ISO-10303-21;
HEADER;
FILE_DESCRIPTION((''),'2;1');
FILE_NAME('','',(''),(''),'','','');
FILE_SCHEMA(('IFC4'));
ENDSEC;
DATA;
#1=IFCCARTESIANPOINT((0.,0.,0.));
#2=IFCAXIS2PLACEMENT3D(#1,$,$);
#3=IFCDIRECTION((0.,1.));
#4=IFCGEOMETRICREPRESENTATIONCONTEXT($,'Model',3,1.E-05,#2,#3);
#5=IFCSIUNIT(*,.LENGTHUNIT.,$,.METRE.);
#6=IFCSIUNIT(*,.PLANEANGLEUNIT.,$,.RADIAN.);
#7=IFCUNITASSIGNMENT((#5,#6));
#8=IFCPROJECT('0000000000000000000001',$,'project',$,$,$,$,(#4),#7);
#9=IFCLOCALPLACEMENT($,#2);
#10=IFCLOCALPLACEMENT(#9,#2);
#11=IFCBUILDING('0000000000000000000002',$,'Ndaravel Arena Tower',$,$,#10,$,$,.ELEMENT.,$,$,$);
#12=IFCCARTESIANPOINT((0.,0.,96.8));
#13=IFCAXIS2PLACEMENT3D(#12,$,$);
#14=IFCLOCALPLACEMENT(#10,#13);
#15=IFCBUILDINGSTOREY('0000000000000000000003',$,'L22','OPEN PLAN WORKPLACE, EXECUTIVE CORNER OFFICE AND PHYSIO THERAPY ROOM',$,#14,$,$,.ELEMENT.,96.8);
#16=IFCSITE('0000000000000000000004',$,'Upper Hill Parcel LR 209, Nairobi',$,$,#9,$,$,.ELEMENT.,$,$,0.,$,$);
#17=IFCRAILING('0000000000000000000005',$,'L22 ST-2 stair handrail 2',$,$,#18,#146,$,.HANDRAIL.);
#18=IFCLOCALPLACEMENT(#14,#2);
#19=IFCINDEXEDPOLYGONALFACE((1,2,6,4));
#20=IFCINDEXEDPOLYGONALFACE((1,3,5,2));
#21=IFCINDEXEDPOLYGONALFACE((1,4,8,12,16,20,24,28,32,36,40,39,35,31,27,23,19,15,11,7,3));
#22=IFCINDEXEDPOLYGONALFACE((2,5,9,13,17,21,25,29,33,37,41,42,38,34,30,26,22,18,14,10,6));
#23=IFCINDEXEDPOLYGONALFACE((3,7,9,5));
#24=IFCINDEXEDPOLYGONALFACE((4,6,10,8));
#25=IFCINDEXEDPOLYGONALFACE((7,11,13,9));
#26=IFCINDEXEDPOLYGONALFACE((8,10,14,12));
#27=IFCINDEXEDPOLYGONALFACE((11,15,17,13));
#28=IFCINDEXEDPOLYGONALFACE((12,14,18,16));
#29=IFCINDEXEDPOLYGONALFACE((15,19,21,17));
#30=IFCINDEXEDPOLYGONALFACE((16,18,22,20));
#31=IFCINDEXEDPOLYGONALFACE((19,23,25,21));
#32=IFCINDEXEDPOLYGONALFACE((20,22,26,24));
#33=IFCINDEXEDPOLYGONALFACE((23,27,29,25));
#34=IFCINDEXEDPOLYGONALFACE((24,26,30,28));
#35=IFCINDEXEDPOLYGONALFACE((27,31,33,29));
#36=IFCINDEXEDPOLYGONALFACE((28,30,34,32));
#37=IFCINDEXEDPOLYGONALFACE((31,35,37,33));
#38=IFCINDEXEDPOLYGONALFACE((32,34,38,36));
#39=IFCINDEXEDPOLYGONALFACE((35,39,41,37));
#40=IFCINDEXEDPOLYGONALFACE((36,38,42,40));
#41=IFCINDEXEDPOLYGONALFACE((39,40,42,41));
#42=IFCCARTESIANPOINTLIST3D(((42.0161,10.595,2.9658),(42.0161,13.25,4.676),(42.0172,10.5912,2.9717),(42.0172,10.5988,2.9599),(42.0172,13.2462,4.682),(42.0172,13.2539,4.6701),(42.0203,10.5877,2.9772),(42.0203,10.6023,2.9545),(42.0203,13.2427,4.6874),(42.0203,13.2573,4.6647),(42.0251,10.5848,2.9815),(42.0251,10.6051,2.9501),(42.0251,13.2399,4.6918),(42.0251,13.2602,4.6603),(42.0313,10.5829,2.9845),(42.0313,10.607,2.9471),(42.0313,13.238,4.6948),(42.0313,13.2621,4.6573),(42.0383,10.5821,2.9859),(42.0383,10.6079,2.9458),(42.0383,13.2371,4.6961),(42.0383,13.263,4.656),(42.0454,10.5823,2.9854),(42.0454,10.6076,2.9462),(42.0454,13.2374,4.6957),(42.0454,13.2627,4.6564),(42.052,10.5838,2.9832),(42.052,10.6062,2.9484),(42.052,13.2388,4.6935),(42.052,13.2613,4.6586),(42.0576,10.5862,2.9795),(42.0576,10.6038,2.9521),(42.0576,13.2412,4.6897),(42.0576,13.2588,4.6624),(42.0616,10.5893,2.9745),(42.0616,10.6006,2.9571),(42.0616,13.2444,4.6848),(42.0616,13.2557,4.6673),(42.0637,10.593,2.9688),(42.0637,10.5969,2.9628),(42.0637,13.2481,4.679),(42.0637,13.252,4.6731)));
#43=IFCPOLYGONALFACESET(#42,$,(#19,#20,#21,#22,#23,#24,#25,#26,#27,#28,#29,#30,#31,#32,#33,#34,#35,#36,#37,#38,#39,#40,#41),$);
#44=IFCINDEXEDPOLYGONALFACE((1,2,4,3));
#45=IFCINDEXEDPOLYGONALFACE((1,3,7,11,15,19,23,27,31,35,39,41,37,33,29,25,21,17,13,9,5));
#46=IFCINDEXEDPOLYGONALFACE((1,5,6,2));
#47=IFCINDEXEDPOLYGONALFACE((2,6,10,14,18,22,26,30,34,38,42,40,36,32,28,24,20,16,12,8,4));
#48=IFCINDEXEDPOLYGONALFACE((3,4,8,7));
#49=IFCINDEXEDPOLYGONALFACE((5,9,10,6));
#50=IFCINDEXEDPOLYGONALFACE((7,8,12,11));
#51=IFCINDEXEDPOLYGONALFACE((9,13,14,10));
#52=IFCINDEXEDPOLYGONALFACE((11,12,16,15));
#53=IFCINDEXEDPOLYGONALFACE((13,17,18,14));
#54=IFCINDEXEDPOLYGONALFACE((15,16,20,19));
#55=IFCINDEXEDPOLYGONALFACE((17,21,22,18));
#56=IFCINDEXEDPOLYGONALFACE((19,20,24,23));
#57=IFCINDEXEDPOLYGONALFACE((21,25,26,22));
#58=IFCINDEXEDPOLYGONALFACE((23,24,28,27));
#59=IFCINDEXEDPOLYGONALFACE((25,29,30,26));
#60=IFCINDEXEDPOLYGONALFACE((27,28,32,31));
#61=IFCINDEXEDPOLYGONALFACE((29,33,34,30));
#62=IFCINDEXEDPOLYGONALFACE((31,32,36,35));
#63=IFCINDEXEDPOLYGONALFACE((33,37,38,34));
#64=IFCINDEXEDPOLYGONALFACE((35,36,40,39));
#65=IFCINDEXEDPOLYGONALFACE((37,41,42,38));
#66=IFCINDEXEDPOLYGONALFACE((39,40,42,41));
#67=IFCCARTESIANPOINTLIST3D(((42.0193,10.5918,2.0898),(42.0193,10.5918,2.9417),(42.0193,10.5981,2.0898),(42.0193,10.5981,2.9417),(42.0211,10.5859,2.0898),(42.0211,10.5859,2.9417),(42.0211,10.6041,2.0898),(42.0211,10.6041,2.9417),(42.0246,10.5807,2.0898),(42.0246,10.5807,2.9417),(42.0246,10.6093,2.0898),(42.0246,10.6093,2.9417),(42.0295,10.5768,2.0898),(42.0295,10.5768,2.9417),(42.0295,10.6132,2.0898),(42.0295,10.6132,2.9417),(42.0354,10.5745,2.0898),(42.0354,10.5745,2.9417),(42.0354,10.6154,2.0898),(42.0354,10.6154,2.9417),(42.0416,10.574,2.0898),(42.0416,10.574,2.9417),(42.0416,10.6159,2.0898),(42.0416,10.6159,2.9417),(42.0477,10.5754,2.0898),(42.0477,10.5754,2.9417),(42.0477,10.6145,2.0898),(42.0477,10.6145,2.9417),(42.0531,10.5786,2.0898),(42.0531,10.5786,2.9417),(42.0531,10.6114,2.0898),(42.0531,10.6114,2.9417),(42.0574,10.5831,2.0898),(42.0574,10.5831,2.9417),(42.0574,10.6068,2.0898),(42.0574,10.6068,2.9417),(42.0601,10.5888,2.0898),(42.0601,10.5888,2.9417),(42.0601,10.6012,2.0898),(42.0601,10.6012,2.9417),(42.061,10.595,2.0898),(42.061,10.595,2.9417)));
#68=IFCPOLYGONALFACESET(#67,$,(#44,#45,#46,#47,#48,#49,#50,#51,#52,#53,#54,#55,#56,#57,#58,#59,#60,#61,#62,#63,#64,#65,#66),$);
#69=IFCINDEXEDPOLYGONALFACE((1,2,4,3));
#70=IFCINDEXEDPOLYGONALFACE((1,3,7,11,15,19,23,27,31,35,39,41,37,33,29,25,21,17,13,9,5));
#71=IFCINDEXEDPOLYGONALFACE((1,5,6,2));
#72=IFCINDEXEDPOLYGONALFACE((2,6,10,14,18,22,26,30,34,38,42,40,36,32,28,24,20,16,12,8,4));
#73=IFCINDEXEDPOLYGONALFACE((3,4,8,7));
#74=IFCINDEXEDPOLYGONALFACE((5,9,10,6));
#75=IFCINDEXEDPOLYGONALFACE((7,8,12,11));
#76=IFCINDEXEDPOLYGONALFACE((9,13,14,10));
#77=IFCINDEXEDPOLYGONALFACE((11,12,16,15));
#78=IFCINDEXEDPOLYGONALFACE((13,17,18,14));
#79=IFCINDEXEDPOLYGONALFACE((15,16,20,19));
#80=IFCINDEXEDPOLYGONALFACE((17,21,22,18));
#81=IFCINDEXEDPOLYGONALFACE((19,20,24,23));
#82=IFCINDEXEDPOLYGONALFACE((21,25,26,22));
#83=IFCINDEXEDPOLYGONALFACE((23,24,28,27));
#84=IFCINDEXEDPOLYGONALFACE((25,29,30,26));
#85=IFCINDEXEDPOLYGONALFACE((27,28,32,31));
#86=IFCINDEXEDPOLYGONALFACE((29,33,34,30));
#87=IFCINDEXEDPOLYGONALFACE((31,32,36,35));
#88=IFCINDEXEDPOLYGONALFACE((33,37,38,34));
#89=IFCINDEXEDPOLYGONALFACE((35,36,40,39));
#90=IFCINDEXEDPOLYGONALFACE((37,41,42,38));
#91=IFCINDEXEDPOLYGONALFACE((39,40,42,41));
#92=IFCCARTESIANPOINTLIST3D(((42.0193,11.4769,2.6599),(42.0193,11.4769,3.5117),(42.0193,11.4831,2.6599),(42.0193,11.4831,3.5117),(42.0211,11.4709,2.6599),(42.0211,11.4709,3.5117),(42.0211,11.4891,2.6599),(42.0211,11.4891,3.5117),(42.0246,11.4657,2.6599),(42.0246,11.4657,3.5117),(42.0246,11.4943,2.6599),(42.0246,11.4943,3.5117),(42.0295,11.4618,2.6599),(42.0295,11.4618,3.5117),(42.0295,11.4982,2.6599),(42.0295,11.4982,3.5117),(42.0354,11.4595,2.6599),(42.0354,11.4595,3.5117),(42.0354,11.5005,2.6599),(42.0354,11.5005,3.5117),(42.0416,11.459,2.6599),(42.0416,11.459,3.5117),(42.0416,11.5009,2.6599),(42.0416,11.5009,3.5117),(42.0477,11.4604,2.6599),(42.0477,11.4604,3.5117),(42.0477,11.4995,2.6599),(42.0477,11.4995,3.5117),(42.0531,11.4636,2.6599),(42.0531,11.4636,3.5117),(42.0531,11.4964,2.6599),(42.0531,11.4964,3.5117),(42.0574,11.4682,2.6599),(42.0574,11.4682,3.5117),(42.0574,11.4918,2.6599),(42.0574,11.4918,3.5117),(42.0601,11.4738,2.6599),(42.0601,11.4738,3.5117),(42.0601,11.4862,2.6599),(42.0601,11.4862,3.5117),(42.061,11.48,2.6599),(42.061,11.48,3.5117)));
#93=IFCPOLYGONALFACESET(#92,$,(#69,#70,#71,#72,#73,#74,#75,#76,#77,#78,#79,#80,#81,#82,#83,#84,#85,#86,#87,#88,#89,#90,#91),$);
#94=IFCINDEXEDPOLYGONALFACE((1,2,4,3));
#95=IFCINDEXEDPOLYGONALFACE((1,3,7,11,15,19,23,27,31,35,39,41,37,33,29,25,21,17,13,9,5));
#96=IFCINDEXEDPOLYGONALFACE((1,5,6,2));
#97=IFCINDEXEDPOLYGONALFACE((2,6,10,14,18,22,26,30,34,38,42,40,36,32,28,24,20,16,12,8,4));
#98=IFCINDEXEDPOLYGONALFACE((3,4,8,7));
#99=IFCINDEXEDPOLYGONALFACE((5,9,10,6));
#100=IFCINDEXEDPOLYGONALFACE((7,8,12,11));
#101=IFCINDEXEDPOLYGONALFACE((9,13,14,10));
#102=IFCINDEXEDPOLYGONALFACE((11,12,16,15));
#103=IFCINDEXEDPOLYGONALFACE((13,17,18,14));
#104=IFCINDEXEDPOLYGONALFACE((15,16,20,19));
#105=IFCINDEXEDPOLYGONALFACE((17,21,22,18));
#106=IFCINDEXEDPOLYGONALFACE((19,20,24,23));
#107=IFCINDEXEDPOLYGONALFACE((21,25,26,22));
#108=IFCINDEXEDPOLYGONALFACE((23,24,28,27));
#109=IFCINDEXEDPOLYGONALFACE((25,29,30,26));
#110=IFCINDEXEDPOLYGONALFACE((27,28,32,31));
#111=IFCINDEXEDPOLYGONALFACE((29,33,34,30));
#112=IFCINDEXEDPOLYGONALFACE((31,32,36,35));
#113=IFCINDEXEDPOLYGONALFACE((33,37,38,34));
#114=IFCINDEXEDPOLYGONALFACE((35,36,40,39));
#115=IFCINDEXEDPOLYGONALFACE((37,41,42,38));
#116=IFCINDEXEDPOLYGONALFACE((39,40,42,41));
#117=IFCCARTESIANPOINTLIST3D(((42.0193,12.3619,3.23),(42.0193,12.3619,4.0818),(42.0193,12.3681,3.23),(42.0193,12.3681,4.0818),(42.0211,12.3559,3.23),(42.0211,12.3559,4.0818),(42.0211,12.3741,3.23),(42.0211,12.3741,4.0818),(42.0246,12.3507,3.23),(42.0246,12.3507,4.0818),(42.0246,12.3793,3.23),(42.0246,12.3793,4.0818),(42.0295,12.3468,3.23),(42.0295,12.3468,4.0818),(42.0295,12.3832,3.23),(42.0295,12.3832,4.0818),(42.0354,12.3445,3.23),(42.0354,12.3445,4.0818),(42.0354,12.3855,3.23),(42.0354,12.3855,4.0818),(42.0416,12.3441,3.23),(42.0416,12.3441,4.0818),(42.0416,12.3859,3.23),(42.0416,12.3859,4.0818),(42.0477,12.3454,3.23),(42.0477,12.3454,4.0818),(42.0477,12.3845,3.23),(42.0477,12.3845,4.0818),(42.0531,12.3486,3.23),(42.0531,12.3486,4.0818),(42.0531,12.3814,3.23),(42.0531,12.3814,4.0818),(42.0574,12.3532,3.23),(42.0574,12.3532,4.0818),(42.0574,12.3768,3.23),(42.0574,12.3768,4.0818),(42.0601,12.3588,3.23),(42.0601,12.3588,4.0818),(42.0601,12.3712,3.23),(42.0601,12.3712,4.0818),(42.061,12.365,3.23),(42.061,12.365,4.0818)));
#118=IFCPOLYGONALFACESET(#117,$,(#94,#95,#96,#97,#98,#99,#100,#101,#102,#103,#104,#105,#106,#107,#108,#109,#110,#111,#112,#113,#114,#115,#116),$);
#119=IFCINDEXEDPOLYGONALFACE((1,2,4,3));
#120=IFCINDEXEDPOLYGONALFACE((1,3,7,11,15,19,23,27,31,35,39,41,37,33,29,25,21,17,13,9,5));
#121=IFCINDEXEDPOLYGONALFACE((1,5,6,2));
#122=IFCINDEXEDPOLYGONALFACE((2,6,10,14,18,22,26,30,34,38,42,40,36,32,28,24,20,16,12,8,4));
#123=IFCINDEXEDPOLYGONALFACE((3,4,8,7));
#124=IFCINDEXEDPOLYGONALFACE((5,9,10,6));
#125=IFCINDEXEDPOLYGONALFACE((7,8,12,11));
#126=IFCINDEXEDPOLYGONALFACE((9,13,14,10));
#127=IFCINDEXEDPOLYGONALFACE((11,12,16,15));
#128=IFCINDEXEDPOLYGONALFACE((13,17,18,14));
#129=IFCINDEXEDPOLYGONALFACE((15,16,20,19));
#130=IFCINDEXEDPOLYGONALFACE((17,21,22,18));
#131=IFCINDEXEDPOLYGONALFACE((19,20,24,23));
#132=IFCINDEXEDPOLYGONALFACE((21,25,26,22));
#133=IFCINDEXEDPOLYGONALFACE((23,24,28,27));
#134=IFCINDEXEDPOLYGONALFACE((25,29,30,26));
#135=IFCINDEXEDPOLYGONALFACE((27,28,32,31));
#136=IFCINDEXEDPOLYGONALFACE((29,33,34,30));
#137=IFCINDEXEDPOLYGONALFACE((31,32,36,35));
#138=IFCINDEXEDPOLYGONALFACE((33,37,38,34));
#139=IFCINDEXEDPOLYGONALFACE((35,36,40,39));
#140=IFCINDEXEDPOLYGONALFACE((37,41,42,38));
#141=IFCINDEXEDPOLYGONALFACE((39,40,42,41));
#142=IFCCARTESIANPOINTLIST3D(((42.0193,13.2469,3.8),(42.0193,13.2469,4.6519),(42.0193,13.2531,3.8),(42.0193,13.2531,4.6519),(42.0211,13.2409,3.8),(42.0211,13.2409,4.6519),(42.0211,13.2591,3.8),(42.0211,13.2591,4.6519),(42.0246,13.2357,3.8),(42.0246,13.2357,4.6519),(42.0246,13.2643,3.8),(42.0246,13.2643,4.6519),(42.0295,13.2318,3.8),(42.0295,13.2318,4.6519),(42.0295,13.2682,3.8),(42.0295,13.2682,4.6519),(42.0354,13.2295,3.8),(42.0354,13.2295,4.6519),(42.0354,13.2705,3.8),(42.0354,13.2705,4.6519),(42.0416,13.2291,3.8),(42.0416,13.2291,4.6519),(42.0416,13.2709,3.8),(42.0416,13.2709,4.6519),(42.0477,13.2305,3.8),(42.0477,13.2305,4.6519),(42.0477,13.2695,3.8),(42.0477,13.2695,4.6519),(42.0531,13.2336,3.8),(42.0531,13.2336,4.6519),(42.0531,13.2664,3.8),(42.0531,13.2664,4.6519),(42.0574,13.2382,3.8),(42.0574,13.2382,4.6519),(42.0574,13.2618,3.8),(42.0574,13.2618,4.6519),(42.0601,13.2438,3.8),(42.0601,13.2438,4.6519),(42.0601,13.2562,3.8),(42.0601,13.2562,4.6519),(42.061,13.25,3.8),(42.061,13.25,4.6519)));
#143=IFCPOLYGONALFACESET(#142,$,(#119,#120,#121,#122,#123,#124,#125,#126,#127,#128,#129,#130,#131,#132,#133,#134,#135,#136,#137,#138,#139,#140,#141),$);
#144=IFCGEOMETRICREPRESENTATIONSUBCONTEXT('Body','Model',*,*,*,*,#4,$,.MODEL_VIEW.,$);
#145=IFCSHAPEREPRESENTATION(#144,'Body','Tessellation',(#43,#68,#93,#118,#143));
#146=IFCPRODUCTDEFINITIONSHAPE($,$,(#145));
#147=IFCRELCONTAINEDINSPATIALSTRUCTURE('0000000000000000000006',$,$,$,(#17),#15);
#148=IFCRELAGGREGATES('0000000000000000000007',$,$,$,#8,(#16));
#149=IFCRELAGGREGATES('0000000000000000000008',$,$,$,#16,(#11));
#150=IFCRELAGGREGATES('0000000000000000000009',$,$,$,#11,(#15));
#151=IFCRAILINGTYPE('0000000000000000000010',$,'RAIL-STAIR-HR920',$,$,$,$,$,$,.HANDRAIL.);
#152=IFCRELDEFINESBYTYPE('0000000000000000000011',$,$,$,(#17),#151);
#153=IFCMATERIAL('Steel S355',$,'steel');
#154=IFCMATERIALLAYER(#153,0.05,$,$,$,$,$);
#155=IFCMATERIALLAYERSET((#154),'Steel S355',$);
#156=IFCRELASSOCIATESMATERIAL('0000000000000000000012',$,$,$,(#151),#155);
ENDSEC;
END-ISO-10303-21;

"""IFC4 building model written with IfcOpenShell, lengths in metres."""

from ifc_helpers import new_model, si_unit, direction, frame, origin, origin_2d, place, context, subcontext, project, spatial, circle, extrude, material, layer, layer_set, type_object, element, save


model = new_model("IFC4")

# Units and contexts
model_context = context("Model", 3, precision=1e-05, world=origin(), true_north=direction((0.0, 1.0)))
body_context = subcontext(model_context, "Body", "Model", "MODEL_VIEW")
ifc_project = project(units=[si_unit("LENGTHUNIT", "METRE"), si_unit("PLANEANGLEUNIT", "RADIAN")], contexts=[model_context])

# Site, building, storey
site_placement = place(None, origin())
site = spatial("IfcSite", under=ifc_project, at=site_placement, Name="Upper Hill Parcel LR 209, Nairobi", CompositionType="ELEMENT", RefElevation=0.0)
building_placement = place(site_placement, origin())
building = spatial("IfcBuilding", under=site, at=building_placement, Name="Ndaravel Arena Tower", CompositionType="ELEMENT")
storey_placement = place(building_placement, frame((0.0, 0.0, 96.8)))
storey = spatial("IfcBuildingStorey", under=building, at=storey_placement, Name="L22", Description="OPEN PLAN WORKPLACE, EXECUTIVE CORNER OFFICE AND PHYSIO THERAPY ROOM", CompositionType="ELEMENT", Elevation=96.8)

# Railing
ifc_material_1 = material(Name="Steel S355", Category="steel")
ifc_layer_1 = layer(ifc_material_1, 0.05)
ifc_layer_set_1 = layer_set([ifc_layer_1], Name="Steel S355")
railing_type_1 = type_object("IfcRailingType", Name="RAIL-STAIR-HR920", PredefinedType="HANDRAIL", material=ifc_layer_set_1)
railing_1_placement = place(storey_placement, frame((42.04, 10.595, 2.0898)))
element("IfcRailing", 1, at=railing_1_placement, inside=storey, type_object=railing_type_1, Name="L22 ST-2 stair handrail 2", PredefinedType="HANDRAIL", context=body_context, shape_type="SweptSolid", body=[
    extrude(circle(Radius=0.0239, at=origin_2d()), frame((0.0, 0.0, 0.876), z_axis=(0.0, 0.840688, 0.541519), x_axis=(-1.0, 0.0, 0.0)), (0.0, 0.0, 1.0), 3.1582),
    extrude(circle(Radius=0.021, at=origin_2d()), origin(), (0.0, 0.0, 1.0), 0.8518),
    extrude(circle(Radius=0.021, at=origin_2d()), frame((0.0, 0.885, 0.5701)), (0.0, 0.0, 1.0), 0.8518),
    extrude(circle(Radius=0.021, at=origin_2d()), frame((0.0, 1.77, 1.1401)), (0.0, 0.0, 1.0), 0.8518),
    extrude(circle(Radius=0.021, at=origin_2d()), frame((0.0, 2.655, 1.7102)), (0.0, 0.0, 1.0), 0.8518),
])

save(model, "model.ifc")
